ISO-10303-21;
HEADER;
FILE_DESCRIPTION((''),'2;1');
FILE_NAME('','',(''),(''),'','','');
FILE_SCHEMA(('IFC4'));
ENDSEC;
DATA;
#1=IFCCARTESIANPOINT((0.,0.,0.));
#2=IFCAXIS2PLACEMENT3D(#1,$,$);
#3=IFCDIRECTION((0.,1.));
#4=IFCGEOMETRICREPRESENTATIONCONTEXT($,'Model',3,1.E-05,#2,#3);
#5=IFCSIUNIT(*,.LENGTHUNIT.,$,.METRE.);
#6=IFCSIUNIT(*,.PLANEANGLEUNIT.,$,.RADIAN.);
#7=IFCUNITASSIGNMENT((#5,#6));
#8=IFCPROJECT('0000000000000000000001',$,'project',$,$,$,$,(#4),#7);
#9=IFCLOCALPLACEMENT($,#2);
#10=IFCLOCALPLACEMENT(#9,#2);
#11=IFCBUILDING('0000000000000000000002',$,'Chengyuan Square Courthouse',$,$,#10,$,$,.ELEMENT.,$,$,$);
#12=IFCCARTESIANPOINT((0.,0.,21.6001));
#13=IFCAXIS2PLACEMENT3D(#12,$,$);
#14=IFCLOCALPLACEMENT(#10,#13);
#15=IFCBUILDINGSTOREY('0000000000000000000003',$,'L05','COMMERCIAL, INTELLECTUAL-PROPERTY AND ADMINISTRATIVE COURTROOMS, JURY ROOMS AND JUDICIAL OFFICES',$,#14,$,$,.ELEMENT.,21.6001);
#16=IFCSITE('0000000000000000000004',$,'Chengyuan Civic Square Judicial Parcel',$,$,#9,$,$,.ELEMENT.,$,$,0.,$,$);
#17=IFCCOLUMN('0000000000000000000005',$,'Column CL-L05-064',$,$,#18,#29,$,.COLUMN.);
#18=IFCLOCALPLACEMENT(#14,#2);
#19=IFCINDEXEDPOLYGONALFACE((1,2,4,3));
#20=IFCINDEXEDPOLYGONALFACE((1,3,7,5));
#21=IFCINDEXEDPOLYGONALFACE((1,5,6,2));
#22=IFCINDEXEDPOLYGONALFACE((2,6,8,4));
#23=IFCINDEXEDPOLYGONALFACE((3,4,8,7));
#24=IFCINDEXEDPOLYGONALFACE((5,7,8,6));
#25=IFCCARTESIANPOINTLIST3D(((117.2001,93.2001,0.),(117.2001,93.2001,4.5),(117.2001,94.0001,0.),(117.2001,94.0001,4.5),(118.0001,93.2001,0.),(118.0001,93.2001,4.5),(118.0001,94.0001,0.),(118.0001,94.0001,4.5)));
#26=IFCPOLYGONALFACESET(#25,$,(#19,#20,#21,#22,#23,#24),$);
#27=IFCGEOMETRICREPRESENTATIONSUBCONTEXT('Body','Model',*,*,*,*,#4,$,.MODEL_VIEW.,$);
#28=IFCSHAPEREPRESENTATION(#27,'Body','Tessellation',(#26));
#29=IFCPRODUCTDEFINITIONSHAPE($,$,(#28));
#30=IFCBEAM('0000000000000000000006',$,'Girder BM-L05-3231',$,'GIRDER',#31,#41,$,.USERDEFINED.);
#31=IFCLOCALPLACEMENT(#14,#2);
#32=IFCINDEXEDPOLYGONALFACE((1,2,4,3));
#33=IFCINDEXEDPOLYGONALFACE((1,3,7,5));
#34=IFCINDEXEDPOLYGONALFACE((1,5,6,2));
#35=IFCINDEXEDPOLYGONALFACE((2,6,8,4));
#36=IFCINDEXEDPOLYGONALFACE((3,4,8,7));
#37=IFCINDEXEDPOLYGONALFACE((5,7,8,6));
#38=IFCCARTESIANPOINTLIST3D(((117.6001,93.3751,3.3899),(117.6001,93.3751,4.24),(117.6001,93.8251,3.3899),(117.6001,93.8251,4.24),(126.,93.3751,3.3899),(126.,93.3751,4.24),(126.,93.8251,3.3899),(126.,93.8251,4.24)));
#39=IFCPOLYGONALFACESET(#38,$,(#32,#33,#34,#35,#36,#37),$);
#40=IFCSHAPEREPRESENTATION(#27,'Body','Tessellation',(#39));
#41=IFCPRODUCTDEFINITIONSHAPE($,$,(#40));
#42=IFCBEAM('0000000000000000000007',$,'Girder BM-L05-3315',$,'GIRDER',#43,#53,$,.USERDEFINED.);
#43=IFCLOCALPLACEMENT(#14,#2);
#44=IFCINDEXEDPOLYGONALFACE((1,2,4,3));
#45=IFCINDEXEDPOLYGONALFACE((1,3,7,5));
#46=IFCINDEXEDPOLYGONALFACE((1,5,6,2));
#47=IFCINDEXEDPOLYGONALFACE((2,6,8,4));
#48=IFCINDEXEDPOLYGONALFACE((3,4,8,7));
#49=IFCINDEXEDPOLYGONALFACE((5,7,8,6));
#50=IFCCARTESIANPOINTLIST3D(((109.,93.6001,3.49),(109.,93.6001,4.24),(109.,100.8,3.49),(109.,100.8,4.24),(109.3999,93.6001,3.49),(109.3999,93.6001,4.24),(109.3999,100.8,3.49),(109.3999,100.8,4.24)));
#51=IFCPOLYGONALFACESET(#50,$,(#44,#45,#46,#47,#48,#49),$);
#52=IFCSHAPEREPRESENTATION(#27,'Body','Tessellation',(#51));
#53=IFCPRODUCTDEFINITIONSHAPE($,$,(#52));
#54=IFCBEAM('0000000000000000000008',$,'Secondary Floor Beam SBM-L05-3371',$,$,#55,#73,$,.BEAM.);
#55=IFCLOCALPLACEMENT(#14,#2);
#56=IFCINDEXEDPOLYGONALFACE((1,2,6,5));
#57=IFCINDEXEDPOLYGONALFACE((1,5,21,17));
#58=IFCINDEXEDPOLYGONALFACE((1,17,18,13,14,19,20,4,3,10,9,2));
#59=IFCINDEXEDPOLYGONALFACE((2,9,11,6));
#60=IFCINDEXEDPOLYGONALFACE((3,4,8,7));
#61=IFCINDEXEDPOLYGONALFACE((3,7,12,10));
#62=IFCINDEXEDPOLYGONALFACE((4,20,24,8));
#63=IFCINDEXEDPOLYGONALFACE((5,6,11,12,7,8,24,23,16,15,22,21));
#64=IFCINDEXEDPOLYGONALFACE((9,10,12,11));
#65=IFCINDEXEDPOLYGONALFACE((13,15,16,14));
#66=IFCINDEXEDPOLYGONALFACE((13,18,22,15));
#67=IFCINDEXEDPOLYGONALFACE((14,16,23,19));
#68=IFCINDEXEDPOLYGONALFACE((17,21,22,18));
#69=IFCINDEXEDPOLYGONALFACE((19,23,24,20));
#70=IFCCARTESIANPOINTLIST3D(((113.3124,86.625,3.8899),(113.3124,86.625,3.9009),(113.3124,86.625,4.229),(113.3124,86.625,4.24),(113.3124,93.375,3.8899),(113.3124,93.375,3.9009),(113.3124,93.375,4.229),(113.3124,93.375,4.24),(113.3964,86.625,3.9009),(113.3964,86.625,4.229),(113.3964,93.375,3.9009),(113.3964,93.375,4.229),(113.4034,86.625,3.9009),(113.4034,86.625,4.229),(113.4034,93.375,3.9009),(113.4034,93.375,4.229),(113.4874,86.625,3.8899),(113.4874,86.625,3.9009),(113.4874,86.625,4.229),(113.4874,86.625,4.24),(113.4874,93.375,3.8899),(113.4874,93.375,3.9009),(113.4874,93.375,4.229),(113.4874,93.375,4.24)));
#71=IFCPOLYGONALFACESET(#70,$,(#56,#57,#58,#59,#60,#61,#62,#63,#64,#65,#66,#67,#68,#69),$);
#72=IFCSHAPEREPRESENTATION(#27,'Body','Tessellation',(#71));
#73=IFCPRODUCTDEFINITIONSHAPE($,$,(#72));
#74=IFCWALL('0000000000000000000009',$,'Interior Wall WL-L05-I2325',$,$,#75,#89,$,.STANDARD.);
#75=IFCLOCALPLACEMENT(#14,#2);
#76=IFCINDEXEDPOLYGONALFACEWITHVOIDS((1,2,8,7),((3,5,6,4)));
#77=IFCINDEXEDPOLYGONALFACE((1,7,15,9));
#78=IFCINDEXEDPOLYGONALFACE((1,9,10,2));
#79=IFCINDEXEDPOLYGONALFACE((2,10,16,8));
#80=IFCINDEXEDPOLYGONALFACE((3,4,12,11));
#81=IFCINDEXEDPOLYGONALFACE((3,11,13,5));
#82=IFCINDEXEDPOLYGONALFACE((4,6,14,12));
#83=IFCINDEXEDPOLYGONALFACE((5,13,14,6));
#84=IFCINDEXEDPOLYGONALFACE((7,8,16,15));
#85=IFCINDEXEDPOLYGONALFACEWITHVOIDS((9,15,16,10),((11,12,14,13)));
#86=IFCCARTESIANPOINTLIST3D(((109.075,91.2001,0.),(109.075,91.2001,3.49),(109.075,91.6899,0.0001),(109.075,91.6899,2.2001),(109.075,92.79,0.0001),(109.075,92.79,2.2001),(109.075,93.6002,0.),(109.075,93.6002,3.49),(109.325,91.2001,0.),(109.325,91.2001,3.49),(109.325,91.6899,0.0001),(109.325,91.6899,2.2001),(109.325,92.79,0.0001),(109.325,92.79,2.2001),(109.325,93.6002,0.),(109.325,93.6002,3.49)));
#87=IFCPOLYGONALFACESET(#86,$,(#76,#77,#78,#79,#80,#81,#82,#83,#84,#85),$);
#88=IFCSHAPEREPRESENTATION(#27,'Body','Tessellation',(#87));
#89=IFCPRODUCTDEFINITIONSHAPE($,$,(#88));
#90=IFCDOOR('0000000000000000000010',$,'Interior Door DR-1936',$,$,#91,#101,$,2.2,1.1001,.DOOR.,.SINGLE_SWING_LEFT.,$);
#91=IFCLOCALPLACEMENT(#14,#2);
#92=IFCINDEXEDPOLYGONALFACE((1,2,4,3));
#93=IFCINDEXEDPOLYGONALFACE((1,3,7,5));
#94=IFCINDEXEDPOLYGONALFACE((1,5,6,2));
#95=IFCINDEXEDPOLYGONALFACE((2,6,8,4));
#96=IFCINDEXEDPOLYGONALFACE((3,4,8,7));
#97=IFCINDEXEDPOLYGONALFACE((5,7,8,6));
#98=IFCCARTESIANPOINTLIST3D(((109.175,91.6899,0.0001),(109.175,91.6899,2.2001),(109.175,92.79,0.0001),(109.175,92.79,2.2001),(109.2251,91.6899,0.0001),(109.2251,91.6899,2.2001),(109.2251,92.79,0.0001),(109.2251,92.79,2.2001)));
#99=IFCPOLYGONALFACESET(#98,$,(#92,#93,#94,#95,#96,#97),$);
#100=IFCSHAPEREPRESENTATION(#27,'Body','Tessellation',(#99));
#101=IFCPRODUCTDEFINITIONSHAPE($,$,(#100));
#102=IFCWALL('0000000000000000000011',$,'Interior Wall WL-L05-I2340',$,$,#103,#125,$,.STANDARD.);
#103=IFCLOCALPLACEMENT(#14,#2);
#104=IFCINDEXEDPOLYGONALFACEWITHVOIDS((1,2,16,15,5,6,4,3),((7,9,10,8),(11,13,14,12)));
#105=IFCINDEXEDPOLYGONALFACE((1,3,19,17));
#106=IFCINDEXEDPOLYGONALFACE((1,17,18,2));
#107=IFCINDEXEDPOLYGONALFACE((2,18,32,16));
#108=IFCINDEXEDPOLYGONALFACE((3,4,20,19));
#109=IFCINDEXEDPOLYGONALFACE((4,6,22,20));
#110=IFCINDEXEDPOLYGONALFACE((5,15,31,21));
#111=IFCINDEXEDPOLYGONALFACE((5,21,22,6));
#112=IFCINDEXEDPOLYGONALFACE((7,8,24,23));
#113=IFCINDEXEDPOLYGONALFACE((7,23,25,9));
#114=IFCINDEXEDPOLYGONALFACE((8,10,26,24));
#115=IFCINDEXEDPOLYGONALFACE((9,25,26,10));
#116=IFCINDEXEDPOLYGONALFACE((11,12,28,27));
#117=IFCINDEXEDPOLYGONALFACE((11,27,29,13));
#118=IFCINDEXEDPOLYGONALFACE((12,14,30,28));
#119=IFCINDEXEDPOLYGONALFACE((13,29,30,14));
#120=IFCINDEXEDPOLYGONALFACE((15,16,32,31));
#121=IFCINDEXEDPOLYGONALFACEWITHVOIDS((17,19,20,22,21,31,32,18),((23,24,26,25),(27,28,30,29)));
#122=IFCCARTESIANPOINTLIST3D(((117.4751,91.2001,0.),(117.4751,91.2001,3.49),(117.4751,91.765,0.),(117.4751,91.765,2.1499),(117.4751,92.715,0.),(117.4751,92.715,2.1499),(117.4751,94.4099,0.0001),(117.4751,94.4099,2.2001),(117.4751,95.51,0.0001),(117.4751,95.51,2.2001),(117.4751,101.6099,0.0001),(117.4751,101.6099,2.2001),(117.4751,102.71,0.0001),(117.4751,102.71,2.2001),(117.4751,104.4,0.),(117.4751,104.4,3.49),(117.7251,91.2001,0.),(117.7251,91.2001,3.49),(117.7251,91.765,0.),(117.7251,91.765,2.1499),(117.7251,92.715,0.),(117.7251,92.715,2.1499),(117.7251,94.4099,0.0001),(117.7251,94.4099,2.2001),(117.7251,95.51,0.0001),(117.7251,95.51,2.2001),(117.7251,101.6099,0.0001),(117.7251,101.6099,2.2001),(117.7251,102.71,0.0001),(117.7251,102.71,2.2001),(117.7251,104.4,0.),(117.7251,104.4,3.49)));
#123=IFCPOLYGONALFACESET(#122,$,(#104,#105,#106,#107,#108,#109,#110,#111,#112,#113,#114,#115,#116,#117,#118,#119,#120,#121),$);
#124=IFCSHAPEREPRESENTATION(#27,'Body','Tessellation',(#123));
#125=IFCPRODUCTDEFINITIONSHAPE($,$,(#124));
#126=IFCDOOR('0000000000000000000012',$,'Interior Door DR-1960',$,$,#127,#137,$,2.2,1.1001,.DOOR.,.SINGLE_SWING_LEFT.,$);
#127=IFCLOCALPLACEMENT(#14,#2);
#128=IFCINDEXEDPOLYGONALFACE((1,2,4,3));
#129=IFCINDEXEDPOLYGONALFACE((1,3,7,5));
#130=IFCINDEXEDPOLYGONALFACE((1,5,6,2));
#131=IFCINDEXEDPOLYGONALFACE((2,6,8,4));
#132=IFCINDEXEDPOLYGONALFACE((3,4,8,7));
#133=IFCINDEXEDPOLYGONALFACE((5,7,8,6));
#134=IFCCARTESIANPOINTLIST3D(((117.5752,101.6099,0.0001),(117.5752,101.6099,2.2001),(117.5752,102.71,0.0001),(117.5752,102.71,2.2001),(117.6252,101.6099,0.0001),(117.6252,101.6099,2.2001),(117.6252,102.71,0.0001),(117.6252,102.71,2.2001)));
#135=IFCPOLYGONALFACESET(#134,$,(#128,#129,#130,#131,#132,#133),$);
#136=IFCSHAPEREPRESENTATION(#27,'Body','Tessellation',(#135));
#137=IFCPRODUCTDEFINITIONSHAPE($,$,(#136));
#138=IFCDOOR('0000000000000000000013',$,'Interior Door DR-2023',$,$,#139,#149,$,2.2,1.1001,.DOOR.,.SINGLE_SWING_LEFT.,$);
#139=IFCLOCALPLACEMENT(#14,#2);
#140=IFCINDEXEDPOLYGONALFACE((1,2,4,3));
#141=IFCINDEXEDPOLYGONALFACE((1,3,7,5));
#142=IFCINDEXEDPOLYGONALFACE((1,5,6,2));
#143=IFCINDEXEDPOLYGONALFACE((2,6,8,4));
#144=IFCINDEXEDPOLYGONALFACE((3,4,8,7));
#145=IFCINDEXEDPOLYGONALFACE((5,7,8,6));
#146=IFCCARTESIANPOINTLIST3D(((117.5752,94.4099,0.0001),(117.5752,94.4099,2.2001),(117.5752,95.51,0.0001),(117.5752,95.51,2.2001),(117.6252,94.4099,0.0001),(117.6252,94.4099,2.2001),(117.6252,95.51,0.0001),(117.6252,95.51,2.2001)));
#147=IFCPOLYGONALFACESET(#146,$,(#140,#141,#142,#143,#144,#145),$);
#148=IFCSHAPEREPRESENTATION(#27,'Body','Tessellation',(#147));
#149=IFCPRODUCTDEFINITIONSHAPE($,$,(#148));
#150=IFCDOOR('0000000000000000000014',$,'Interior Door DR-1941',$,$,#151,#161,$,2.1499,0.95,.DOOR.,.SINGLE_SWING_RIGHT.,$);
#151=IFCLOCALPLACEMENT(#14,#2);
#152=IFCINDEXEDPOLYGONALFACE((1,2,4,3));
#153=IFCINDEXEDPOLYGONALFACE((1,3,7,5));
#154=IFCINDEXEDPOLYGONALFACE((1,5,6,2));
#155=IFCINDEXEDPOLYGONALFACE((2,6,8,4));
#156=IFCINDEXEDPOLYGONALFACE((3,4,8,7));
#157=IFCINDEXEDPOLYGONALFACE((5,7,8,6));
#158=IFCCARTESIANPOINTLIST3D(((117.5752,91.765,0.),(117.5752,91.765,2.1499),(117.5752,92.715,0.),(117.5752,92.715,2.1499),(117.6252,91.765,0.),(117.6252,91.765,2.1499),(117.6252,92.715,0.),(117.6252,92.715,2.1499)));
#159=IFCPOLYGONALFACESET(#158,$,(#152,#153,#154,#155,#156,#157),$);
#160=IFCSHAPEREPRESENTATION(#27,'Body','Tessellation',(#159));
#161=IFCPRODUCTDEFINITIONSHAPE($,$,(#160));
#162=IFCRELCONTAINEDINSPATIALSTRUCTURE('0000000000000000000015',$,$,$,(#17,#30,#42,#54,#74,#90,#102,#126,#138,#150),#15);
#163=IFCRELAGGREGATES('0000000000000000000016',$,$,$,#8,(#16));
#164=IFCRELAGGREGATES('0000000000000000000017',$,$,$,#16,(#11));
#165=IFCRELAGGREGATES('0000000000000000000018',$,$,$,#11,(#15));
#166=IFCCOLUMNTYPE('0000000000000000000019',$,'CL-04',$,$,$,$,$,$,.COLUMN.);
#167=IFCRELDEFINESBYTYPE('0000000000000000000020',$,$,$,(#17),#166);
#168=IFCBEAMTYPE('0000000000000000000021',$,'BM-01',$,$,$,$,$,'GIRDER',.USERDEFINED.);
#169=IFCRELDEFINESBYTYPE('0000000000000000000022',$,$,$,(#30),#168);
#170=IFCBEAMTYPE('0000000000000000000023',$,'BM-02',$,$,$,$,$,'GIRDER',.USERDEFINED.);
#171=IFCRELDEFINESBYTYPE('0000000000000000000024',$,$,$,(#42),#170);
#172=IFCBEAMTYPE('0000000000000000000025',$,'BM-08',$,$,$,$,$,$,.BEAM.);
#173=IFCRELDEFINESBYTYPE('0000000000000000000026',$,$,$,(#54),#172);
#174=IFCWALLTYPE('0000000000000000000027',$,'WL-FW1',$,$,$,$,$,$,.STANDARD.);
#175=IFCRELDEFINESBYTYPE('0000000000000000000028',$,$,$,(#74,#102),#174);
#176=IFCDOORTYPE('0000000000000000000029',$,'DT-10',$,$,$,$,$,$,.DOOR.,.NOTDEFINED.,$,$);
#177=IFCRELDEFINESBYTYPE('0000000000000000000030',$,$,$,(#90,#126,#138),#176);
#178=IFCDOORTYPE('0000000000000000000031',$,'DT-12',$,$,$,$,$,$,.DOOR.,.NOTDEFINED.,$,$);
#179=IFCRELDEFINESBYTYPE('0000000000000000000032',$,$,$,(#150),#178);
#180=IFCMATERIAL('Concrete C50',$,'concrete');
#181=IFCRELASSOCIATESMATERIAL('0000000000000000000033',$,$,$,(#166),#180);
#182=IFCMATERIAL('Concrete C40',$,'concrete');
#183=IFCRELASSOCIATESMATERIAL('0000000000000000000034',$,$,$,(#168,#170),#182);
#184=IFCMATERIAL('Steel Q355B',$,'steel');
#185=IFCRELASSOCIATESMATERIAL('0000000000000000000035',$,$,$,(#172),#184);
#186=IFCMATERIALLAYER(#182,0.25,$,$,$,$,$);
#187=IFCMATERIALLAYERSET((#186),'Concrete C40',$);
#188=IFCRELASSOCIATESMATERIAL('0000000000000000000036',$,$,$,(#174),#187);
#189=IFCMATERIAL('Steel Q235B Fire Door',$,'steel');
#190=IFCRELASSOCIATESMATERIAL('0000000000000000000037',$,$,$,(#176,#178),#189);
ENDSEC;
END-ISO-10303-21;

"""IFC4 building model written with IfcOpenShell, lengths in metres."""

from ifc_helpers import new_model, si_unit, direction, frame, frame_2d, origin, origin_2d, place, context, subcontext, project, spatial, rectangle, i_section, extrude, material, layer, layer_set, material_profile, profile_set, type_object, element, fill, save


model = new_model("IFC4")

# Units and contexts
model_context = context("Model", 3, precision=1e-05, world=origin(), true_north=direction((0.0, 1.0)))
body_context = subcontext(model_context, "Body", "Model", "MODEL_VIEW")
ifc_project = project(units=[si_unit("LENGTHUNIT", "METRE"), si_unit("PLANEANGLEUNIT", "RADIAN")], contexts=[model_context])

# Site, building, storey
site_placement = place(None, origin())
site = spatial("IfcSite", under=ifc_project, at=site_placement, Name="Chengyuan Civic Square Judicial Parcel", CompositionType="ELEMENT", RefElevation=0.0)
building_placement = place(site_placement, origin())
building = spatial("IfcBuilding", under=site, at=building_placement, Name="Chengyuan Square Courthouse", CompositionType="ELEMENT")
storey_placement = place(building_placement, frame((0.0, 0.0, 21.6001)))
storey = spatial("IfcBuildingStorey", under=building, at=storey_placement, Name="L05", Description="COMMERCIAL, INTELLECTUAL-PROPERTY AND ADMINISTRATIVE COURTROOMS, JURY ROOMS AND JUDICIAL OFFICES", CompositionType="ELEMENT", Elevation=21.6001)

# Column
ifc_material_1 = material(Name="Concrete C50", Category="concrete")
ifc_material_profile_1 = material_profile(ifc_material_1, rectangle(XDim=0.8, YDim=0.8, at=origin_2d()), Name="RC-COL-800x800")
ifc_profile_set_1 = profile_set([ifc_material_profile_1], Name="Concrete C50")
column_type = type_object("IfcColumnType", Name="CL-04", PredefinedType="COLUMN", material=ifc_profile_set_1)
column_placement = place(storey_placement, frame((117.6001, 93.6001, 0.0), z_axis=(0.0, 0.0, 1.0), x_axis=(1.0, 0.0, 0.0)))
element("IfcColumn", 1, at=column_placement, inside=storey, type_object=column_type, Name="Column CL-L05-064", PredefinedType="COLUMN", context=body_context, shape_type="SweptSolid", body=[
    extrude(rectangle(XDim=0.8, YDim=0.8, at=origin_2d()), origin(), (0.0, 0.0, 1.0), 4.5),
])

# Beams
ifc_material_2 = material(Name="Concrete C40", Category="concrete")
ifc_material_profile_2 = material_profile(ifc_material_2, rectangle(XDim=0.45, YDim=0.8501, at=origin_2d()), Name="RC-BM-450x850")
ifc_profile_set_2 = profile_set([ifc_material_profile_2], Name="Concrete C40")
beam_type_1 = type_object("IfcBeamType", Name="BM-01", ElementType="GIRDER", PredefinedType="USERDEFINED", material=ifc_profile_set_2)
beam_1_placement = place(storey_placement, frame((117.6001, 93.6001, 3.8149), z_axis=(1.0, 0.0, 0.0), x_axis=(0.0, 1.0, 0.0)))
element("IfcBeam", 2, at=beam_1_placement, inside=storey, type_object=beam_type_1, Name="Girder BM-L05-3231", ObjectType="GIRDER", PredefinedType="USERDEFINED", context=body_context, shape_type="SweptSolid", body=[
    extrude(rectangle(XDim=0.45, YDim=0.8501, at=origin_2d()), origin(), (0.0, 0.0, 1.0), 8.3999),
])
ifc_material_profile_3 = material_profile(ifc_material_2, rectangle(XDim=0.3999, YDim=0.75, at=origin_2d()), Name="RC-BM-400x750")
ifc_profile_set_3 = profile_set([ifc_material_profile_3], Name="Concrete C40")
beam_type_2 = type_object("IfcBeamType", Name="BM-02", ElementType="GIRDER", PredefinedType="USERDEFINED", material=ifc_profile_set_3)
beam_2_placement = place(storey_placement, frame((109.2, 93.6001, 3.865), z_axis=(0.0, 1.0, 0.0), x_axis=(-1.0, 0.0, 0.0)))
element("IfcBeam", 3, at=beam_2_placement, inside=storey, type_object=beam_type_2, Name="Girder BM-L05-3315", ObjectType="GIRDER", PredefinedType="USERDEFINED", context=body_context, shape_type="SweptSolid", body=[
    extrude(rectangle(XDim=0.3999, YDim=0.75, at=origin_2d()), origin(), (0.0, 0.0, 1.0), 7.2),
])
ifc_material_3 = material(Name="Steel Q355B", Category="steel")
ifc_material_profile_4 = material_profile(ifc_material_3, i_section(OverallWidth=0.175, OverallDepth=0.3501, WebThickness=0.0071, FlangeThickness=0.011, at=origin_2d()), Name="HN 350x175x7x11")
ifc_profile_set_4 = profile_set([ifc_material_profile_4], Name="Steel Q355B")
beam_type_3 = type_object("IfcBeamType", Name="BM-08", PredefinedType="BEAM", material=ifc_profile_set_4)
beam_3_placement = place(storey_placement, frame((113.3999, 86.625, 4.0649), z_axis=(0.0, 1.0, 0.0), x_axis=(-1.0, 0.0, 0.0)))
element("IfcBeam", 4, at=beam_3_placement, inside=storey, type_object=beam_type_3, Name="Secondary Floor Beam SBM-L05-3371", PredefinedType="BEAM", context=body_context, shape_type="SweptSolid", body=[
    extrude(i_section(OverallWidth=0.175, OverallDepth=0.3501, WebThickness=0.0071, FlangeThickness=0.011, at=origin_2d()), origin(), (0.0, 0.0, 1.0), 6.75),
])

# Wall, opening, door
ifc_layer_1 = layer(ifc_material_2, 0.25)
ifc_layer_set_1 = layer_set([ifc_layer_1], Name="Concrete C40")
wall_type_1 = type_object("IfcWallType", Name="WL-FW1", PredefinedType="STANDARD", material=ifc_layer_set_1)
wall_1_placement = place(storey_placement, frame((109.2, 91.2, 0.0), z_axis=(0.0, 0.0, 1.0), x_axis=(0.0, 1.0, 0.0)))
wall_1 = element("IfcWall", 5, at=wall_1_placement, inside=storey, type_object=wall_type_1, Name="Interior Wall WL-L05-I2325", PredefinedType="STANDARD", context=body_context, shape_type="SweptSolid", body=[
    extrude(rectangle(XDim=2.4001, YDim=0.25, at=frame_2d((1.2002, 0.0))), origin(), (0.0, 0.0, 1.0), 3.49),
])
opening_1_placement = place(wall_1_placement, frame((0.49, 0.0, 0.0)))
opening_1 = element("IfcOpeningElement", 6, at=opening_1_placement, cuts=wall_1, PredefinedType="OPENING", context=body_context, shape_type="SweptSolid", body=[
    extrude(rectangle(XDim=1.1001, YDim=2.2, at=frame_2d((0.55, 1.1001))), frame((0.0, 0.137, 0.0), z_axis=(0.0, -1.0, 0.0), x_axis=(1.0, 0.0, 0.0)), (0.0, 0.0, 1.0), 0.2739),
])
ifc_material_4 = material(Name="Steel Q235B Fire Door", Category="steel")
door_type_1 = type_object("IfcDoorType", Name="DT-10", OperationType="NOTDEFINED", PredefinedType="DOOR", material=ifc_material_4)
door_1_placement = place(opening_1_placement, origin())
door_1 = element("IfcDoor", 7, at=door_1_placement, inside=storey, type_object=door_type_1, Name="Interior Door DR-1936", OperationType="SINGLE_SWING_LEFT", OverallHeight=2.2, OverallWidth=1.1001, PredefinedType="DOOR", context=body_context, shape_type="SweptSolid", body=[
    extrude(rectangle(XDim=1.1001, YDim=2.2, at=frame_2d((0.55, 1.1001))), frame((0.0, 0.0249, 0.0), z_axis=(0.0, -1.0, 0.0), x_axis=(1.0, 0.0, 0.0)), (0.0, 0.0, 1.0), 0.05),
])
fill(opening_1, door_1)

# Wall, openings, doors
wall_2_placement = place(storey_placement, frame((117.6001, 91.2, 0.0), z_axis=(0.0, 0.0, 1.0), x_axis=(0.0, 1.0, 0.0)))
wall_2 = element("IfcWall", 8, at=wall_2_placement, inside=storey, type_object=wall_type_1, Name="Interior Wall WL-L05-I2340", PredefinedType="STANDARD", context=body_context, shape_type="SweptSolid", body=[
    extrude(rectangle(XDim=13.2, YDim=0.25, at=frame_2d((6.6001, 0.0))), origin(), (0.0, 0.0, 1.0), 3.49),
])
opening_2_placement = place(wall_2_placement, frame((0.5649, 0.0, 0.0)))
opening_2 = element("IfcOpeningElement", 9, at=opening_2_placement, cuts=wall_2, PredefinedType="OPENING", context=body_context, shape_type="SweptSolid", body=[
    extrude(rectangle(XDim=0.95, YDim=2.1499, at=frame_2d((0.4751, 1.075))), frame((0.0, 0.137, 0.0), z_axis=(0.0, -1.0, 0.0), x_axis=(1.0, 0.0, 0.0)), (0.0, 0.0, 1.0), 0.2739),
])
opening_3_placement = place(wall_2_placement, frame((10.4099, 0.0, 0.0)))
opening_3 = element("IfcOpeningElement", 10, at=opening_3_placement, cuts=wall_2, PredefinedType="OPENING", context=body_context, shape_type="SweptSolid", body=[
    extrude(rectangle(XDim=1.1001, YDim=2.2, at=frame_2d((0.55, 1.1001))), frame((0.0, 0.137, 0.0), z_axis=(0.0, -1.0, 0.0), x_axis=(1.0, 0.0, 0.0)), (0.0, 0.0, 1.0), 0.2739),
])
opening_4_placement = place(wall_2_placement, frame((3.21, 0.0, 0.0)))
opening_4 = element("IfcOpeningElement", 11, at=opening_4_placement, cuts=wall_2, PredefinedType="OPENING", context=body_context, shape_type="SweptSolid", body=[
    extrude(rectangle(XDim=1.1001, YDim=2.2, at=frame_2d((0.55, 1.1001))), frame((0.0, 0.137, 0.0), z_axis=(0.0, -1.0, 0.0), x_axis=(1.0, 0.0, 0.0)), (0.0, 0.0, 1.0), 0.2739),
])
door_2_placement = place(opening_3_placement, origin())
door_2 = element("IfcDoor", 12, at=door_2_placement, inside=storey, type_object=door_type_1, Name="Interior Door DR-1960", OperationType="SINGLE_SWING_LEFT", OverallHeight=2.2, OverallWidth=1.1001, PredefinedType="DOOR", context=body_context, shape_type="SweptSolid", body=[
    extrude(rectangle(XDim=1.1001, YDim=2.2, at=frame_2d((0.55, 1.1001))), frame((0.0, 0.0249, 0.0), z_axis=(0.0, -1.0, 0.0), x_axis=(1.0, 0.0, 0.0)), (0.0, 0.0, 1.0), 0.05),
])
fill(opening_3, door_2)
door_3_placement = place(opening_4_placement, origin())
door_3 = element("IfcDoor", 13, at=door_3_placement, inside=storey, type_object=door_type_1, Name="Interior Door DR-2023", OperationType="SINGLE_SWING_LEFT", OverallHeight=2.2, OverallWidth=1.1001, PredefinedType="DOOR", context=body_context, shape_type="SweptSolid", body=[
    extrude(rectangle(XDim=1.1001, YDim=2.2, at=frame_2d((0.55, 1.1001))), frame((0.0, 0.0249, 0.0), z_axis=(0.0, -1.0, 0.0), x_axis=(1.0, 0.0, 0.0)), (0.0, 0.0, 1.0), 0.05),
])
fill(opening_4, door_3)
door_type_2 = type_object("IfcDoorType", Name="DT-12", OperationType="NOTDEFINED", PredefinedType="DOOR", material=ifc_material_4)
door_4_placement = place(opening_2_placement, origin())
door_4 = element("IfcDoor", 14, at=door_4_placement, inside=storey, type_object=door_type_2, Name="Interior Door DR-1941", OperationType="SINGLE_SWING_RIGHT", OverallHeight=2.1499, OverallWidth=0.95, PredefinedType="DOOR", context=body_context, shape_type="SweptSolid", body=[
    extrude(rectangle(XDim=0.95, YDim=2.1499, at=frame_2d((0.4751, 1.075))), frame((0.0, 0.0249, 0.0), z_axis=(0.0, -1.0, 0.0), x_axis=(1.0, 0.0, 0.0)), (0.0, 0.0, 1.0), 0.05),
])
fill(opening_2, door_4)

save(model, "model.ifc")
